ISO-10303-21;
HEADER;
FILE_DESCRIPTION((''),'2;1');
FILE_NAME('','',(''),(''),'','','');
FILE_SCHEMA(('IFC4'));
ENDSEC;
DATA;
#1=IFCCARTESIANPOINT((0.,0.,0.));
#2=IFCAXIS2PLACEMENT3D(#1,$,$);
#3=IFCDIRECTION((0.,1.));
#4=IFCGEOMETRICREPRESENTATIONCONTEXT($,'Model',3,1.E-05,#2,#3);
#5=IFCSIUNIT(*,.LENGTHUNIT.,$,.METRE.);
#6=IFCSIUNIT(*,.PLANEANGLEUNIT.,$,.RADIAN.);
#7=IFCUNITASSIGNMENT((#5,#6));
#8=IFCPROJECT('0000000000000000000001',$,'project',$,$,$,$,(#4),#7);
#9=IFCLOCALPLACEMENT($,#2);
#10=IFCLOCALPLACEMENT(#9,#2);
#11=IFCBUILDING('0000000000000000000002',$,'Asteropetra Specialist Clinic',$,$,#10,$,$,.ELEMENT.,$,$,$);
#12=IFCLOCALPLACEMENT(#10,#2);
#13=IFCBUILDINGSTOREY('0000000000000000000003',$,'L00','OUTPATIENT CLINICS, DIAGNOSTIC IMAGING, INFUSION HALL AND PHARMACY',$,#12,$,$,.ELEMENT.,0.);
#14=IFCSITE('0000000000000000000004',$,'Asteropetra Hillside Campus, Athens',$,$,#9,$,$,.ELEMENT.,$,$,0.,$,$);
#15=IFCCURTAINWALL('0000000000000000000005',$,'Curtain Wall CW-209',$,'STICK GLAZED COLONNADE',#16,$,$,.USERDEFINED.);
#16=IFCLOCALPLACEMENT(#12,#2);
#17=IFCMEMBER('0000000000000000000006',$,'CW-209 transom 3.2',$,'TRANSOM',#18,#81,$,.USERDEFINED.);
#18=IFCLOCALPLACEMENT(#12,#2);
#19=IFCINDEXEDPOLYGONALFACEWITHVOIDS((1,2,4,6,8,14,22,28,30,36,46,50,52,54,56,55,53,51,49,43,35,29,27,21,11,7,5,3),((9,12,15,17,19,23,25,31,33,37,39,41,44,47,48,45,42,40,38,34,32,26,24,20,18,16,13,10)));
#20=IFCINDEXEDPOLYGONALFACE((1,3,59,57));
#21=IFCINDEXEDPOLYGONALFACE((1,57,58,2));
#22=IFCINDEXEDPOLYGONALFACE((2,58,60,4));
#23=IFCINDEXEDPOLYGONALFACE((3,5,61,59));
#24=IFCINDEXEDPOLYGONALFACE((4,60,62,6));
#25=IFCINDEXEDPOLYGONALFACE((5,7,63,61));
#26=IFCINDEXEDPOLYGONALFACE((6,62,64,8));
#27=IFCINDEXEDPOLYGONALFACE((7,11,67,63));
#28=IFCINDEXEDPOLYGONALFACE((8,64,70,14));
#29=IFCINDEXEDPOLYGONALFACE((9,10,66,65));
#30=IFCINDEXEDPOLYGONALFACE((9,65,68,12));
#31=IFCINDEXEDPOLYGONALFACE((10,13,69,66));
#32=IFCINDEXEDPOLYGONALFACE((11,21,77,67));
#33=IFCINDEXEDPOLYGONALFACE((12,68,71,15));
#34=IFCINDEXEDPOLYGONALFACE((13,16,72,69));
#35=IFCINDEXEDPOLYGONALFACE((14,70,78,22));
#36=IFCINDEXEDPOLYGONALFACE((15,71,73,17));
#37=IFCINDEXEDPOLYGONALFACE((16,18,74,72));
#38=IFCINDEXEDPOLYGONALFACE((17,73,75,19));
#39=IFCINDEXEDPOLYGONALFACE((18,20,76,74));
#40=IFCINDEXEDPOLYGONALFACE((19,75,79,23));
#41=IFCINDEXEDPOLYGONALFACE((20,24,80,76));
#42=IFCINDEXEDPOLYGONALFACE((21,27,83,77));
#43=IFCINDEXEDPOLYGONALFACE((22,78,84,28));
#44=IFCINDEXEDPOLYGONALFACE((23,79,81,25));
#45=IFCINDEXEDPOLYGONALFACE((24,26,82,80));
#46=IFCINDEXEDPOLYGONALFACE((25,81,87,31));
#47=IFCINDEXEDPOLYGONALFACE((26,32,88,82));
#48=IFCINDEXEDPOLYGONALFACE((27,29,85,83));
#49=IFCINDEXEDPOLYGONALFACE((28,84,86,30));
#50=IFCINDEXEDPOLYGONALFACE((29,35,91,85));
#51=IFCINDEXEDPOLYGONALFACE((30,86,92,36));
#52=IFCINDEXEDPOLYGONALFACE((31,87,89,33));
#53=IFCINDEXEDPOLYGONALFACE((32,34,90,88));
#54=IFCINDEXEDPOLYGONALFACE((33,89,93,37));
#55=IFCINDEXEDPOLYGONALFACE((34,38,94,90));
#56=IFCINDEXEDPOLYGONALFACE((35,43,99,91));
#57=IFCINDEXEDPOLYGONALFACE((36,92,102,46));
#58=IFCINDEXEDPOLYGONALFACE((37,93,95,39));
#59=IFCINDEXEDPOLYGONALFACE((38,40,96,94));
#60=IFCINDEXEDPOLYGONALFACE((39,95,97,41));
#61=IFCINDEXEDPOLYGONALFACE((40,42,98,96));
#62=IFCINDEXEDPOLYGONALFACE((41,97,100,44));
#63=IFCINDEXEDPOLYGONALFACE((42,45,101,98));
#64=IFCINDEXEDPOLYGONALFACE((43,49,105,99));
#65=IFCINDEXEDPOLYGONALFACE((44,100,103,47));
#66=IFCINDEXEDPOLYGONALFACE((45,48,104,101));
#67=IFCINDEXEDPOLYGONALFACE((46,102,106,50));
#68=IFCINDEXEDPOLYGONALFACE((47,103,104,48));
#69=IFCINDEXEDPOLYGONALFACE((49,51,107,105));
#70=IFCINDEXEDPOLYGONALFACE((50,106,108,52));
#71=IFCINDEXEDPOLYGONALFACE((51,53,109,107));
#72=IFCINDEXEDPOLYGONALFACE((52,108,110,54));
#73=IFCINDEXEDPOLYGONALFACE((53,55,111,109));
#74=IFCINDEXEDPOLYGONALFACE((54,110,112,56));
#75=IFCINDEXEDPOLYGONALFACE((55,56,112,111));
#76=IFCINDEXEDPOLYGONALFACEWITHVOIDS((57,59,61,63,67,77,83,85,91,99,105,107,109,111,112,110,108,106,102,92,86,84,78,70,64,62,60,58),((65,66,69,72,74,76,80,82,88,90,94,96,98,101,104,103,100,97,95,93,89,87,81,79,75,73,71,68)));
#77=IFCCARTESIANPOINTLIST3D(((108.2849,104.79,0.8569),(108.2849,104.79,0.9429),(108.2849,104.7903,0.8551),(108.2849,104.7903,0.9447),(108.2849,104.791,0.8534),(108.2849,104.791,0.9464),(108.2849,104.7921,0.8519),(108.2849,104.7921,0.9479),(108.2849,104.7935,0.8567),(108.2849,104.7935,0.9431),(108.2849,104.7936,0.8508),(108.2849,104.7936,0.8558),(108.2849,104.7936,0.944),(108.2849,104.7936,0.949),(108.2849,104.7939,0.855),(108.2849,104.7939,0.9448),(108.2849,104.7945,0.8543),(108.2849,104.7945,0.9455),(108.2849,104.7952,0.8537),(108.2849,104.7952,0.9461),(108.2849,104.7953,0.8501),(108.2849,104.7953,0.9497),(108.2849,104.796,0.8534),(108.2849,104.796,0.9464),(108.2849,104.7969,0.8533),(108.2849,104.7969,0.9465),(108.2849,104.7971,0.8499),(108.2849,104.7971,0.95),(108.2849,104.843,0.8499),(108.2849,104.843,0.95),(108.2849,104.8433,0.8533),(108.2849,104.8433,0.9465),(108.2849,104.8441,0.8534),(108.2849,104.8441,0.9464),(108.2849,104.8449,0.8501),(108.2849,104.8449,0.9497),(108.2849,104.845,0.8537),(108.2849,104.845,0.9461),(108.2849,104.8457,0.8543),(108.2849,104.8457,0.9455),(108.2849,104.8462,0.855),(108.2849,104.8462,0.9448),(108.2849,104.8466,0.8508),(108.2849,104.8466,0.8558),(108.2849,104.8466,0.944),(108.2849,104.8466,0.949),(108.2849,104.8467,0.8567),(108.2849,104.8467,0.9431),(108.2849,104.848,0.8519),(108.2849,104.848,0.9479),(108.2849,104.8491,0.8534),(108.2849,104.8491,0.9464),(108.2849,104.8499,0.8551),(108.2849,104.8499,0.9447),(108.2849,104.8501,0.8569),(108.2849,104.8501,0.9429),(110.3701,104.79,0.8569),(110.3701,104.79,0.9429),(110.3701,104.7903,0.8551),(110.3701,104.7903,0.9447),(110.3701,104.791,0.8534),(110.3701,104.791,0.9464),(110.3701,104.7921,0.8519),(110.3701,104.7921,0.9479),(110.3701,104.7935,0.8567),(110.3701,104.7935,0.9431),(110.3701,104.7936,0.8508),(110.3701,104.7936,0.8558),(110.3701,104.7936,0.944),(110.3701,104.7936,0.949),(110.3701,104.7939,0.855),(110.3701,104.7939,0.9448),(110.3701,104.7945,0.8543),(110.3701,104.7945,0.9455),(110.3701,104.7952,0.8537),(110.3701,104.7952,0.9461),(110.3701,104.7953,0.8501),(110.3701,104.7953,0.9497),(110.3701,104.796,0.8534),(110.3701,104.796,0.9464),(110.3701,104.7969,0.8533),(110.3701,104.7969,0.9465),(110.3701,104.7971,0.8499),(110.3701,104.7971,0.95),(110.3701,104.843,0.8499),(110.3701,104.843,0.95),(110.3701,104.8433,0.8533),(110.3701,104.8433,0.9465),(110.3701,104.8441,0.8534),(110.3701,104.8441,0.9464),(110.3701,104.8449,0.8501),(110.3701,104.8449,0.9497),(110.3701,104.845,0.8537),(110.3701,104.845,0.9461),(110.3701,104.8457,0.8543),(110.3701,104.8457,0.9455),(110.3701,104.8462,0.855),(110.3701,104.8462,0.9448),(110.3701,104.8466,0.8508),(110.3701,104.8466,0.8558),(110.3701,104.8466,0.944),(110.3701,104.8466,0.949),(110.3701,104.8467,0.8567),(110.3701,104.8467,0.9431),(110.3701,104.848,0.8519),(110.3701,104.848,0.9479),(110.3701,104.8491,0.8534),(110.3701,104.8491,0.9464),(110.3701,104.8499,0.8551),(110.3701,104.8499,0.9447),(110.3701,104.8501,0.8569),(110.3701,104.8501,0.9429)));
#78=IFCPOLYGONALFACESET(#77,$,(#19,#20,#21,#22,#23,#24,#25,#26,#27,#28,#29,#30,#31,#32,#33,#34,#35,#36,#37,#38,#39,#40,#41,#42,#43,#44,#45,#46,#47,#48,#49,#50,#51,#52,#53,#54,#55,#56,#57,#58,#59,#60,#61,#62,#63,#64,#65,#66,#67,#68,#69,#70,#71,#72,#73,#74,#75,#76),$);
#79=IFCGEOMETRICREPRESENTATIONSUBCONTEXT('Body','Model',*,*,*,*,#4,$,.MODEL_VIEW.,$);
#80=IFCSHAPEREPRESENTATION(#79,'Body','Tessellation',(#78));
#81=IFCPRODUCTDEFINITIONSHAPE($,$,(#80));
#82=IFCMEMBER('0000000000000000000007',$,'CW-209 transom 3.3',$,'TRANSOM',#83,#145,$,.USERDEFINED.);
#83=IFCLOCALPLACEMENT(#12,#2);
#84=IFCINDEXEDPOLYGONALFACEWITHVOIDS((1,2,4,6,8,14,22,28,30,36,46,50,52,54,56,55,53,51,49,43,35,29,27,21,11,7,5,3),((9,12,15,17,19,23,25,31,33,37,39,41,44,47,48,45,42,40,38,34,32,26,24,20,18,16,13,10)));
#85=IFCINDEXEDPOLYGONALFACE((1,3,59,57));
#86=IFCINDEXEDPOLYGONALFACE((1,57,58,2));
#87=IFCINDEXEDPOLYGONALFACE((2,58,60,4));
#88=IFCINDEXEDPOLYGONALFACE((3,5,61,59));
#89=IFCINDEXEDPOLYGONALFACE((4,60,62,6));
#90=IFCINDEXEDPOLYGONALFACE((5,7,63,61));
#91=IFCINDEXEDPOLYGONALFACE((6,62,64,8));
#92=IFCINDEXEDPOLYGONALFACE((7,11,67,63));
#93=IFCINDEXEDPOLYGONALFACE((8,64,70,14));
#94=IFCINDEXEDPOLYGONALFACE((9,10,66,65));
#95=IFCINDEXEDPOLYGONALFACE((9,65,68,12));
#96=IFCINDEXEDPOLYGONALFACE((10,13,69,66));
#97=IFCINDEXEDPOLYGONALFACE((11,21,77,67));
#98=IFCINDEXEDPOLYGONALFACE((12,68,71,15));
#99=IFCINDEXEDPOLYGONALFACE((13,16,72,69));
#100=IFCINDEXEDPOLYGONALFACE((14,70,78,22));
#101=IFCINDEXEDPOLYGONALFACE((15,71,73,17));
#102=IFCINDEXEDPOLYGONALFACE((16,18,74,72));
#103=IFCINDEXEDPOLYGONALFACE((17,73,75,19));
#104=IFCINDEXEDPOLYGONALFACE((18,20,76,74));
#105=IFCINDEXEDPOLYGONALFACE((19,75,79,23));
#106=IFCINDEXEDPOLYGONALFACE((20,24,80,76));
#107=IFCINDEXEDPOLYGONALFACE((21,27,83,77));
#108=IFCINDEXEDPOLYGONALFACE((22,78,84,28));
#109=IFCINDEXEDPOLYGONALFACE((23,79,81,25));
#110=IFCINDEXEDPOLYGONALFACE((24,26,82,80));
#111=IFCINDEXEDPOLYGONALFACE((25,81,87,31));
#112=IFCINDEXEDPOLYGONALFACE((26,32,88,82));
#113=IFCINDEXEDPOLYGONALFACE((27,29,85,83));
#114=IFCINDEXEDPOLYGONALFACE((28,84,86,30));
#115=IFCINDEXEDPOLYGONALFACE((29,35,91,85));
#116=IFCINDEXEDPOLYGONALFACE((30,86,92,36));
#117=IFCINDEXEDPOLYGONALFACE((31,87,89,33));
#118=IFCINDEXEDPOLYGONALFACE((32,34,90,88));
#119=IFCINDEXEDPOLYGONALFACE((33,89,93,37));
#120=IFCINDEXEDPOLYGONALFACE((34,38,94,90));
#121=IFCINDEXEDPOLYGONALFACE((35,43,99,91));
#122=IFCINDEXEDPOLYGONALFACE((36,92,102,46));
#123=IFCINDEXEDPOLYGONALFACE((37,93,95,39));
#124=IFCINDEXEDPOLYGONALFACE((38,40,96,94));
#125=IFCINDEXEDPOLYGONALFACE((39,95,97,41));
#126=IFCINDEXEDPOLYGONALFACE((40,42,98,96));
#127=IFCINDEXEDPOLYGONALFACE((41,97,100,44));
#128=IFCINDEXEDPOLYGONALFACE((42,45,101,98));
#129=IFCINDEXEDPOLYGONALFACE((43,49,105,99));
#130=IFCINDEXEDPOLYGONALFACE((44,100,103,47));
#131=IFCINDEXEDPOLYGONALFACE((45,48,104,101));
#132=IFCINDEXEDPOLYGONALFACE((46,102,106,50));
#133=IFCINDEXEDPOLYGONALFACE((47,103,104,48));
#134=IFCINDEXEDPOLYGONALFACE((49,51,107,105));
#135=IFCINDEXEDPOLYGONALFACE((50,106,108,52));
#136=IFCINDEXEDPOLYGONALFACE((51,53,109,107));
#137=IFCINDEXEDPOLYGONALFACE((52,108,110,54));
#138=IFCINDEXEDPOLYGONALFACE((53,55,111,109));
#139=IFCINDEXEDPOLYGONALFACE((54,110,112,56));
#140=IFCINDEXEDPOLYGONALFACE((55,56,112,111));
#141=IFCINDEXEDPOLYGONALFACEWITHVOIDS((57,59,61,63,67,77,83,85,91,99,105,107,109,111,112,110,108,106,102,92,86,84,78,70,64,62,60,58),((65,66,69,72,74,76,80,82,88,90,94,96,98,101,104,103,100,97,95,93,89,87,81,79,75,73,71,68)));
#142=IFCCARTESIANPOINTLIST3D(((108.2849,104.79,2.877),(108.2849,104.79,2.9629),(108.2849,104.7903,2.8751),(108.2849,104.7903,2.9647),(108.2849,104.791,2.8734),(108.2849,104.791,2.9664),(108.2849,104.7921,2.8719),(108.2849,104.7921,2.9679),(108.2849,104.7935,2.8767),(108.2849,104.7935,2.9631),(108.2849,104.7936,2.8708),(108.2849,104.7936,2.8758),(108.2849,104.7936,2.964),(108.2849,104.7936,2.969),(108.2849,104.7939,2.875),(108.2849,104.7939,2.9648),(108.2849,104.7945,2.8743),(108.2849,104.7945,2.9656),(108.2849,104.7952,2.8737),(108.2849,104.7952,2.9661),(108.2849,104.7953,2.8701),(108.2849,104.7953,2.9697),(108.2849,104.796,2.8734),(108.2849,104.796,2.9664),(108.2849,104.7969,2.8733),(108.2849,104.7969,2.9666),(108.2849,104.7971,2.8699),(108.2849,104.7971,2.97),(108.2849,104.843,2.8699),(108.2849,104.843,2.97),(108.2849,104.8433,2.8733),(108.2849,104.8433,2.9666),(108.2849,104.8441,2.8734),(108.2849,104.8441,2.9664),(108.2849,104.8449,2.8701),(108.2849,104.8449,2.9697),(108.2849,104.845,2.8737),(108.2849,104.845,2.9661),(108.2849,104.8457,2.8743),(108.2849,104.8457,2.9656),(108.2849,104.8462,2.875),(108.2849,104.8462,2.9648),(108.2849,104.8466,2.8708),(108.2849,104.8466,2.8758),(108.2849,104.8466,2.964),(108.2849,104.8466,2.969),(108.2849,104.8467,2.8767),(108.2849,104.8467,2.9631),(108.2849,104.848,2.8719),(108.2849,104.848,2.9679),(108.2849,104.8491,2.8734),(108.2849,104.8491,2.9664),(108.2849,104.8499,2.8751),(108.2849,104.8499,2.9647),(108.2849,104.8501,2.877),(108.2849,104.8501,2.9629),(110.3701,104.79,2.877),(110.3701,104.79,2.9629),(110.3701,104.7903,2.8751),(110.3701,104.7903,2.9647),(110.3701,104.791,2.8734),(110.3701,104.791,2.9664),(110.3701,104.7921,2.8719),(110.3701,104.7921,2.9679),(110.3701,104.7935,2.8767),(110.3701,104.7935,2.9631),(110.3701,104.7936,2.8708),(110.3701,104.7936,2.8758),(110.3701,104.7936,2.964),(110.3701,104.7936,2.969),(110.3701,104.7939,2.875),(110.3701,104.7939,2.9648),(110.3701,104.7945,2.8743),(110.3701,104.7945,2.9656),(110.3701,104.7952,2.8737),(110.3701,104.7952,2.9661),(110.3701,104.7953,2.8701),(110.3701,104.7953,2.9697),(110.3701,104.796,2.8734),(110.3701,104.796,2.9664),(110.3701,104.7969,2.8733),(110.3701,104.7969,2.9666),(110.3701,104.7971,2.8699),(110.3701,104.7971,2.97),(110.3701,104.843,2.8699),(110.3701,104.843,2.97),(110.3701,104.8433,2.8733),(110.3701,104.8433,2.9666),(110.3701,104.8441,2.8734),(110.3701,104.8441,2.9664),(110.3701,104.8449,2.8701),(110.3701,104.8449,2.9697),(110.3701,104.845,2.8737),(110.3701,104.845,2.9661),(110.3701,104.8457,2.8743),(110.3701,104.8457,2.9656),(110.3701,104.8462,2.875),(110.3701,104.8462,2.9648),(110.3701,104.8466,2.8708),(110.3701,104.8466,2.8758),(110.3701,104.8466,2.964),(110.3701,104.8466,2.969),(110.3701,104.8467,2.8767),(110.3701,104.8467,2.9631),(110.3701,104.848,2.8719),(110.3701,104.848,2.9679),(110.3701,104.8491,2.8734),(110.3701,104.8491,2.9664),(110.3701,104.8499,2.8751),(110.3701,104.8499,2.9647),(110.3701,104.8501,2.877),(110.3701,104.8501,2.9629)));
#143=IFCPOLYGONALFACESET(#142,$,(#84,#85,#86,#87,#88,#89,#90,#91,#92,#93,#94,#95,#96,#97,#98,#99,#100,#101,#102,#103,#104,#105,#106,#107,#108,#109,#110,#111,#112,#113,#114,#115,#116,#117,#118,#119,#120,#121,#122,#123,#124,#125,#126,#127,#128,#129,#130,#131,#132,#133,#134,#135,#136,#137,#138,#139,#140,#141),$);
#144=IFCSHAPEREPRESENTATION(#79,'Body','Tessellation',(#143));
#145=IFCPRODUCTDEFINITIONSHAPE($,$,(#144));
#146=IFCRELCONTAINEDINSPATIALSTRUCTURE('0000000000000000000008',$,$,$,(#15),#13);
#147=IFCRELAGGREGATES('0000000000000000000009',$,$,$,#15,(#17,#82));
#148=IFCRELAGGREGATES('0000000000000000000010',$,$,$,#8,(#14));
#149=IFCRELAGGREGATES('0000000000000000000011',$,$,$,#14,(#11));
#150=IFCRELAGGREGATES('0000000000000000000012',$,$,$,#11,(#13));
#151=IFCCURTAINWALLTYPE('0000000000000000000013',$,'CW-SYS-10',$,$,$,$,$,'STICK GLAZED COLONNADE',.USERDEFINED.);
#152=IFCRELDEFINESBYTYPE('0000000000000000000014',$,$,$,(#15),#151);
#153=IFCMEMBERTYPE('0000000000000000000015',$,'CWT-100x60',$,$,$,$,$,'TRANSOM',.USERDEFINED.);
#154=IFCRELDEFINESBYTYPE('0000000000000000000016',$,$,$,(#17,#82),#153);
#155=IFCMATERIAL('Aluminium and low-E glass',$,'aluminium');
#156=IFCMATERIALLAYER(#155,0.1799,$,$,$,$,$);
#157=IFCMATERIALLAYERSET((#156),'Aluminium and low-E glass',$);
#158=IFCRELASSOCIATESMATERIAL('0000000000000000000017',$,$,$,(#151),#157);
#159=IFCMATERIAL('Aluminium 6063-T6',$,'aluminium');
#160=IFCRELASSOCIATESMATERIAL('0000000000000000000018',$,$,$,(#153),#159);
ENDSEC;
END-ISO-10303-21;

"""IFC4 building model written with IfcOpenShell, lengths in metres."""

from ifc_helpers import new_model, si_unit, direction, frame, origin, origin_2d, place, context, subcontext, project, spatial, hollow_rectangle, extrude, material, layer, layer_set, material_profile, profile_set, type_object, element, aggregate, save


model = new_model("IFC4")

# Units and contexts
model_context = context("Model", 3, precision=1e-05, world=origin(), true_north=direction((0.0, 1.0)))
body_context = subcontext(model_context, "Body", "Model", "MODEL_VIEW")
ifc_project = project(units=[si_unit("LENGTHUNIT", "METRE"), si_unit("PLANEANGLEUNIT", "RADIAN")], contexts=[model_context])

# Site, building, storey
site_placement = place(None, origin())
site = spatial("IfcSite", under=ifc_project, at=site_placement, Name="Asteropetra Hillside Campus, Athens", CompositionType="ELEMENT", RefElevation=0.0)
building_placement = place(site_placement, origin())
building = spatial("IfcBuilding", under=site, at=building_placement, Name="Asteropetra Specialist Clinic", CompositionType="ELEMENT")
storey_placement = place(building_placement, origin())
storey = spatial("IfcBuildingStorey", under=building, at=storey_placement, Name="L00", Description="OUTPATIENT CLINICS, DIAGNOSTIC IMAGING, INFUSION HALL AND PHARMACY", CompositionType="ELEMENT", Elevation=0.0)

# Curtain wall, members
ifc_material_1 = material(Name="Aluminium and low-E glass", Category="aluminium")
ifc_layer_1 = layer(ifc_material_1, 0.1799)
ifc_layer_set_1 = layer_set([ifc_layer_1], Name="Aluminium and low-E glass")
curtain_wall_type = type_object("IfcCurtainWallType", Name="CW-SYS-10", ElementType="STICK GLAZED COLONNADE", PredefinedType="USERDEFINED", material=ifc_layer_set_1)
curtain_wall_placement = place(storey_placement, origin())
curtain_wall = element("IfcCurtainWall", 1, at=curtain_wall_placement, inside=storey, type_object=curtain_wall_type, Name="Curtain Wall CW-209", ObjectType="STICK GLAZED COLONNADE", PredefinedType="USERDEFINED")
ifc_material_2 = material(Name="Aluminium 6063-T6", Category="aluminium")
ifc_material_profile_1 = material_profile(ifc_material_2, hollow_rectangle(XDim=0.0601, YDim=0.1001, WallThickness=0.0034, InnerFilletRadius=0.0034, OuterFilletRadius=0.0071, at=origin_2d()), Name="TRN 100x60x3.5")
ifc_profile_set_1 = profile_set([ifc_material_profile_1], Name="Aluminium 6063-T6")
member_type_1 = type_object("IfcMemberType", Name="CWT-100x60", ElementType="TRANSOM", PredefinedType="USERDEFINED", material=ifc_profile_set_1)
member_1_placement = place(storey_placement, frame((110.3701, 104.8201, 0.8999), z_axis=(-1.0, 0.0, 0.0), x_axis=(0.0, -1.0, 0.0)))
member_1 = element("IfcMember", 2, at=member_1_placement, type_object=member_type_1, Name="CW-209 transom 3.2", ObjectType="TRANSOM", PredefinedType="USERDEFINED", context=body_context, shape_type="SweptSolid", body=[
    extrude(hollow_rectangle(XDim=0.0601, YDim=0.1001, WallThickness=0.0034, InnerFilletRadius=0.0034, OuterFilletRadius=0.0071, at=origin_2d()), origin(), (0.0, 0.0, 1.0), 2.0852),
])
member_2_placement = place(storey_placement, frame((110.3701, 104.8201, 2.9199), z_axis=(-1.0, 0.0, 0.0), x_axis=(0.0, -1.0, 0.0)))
member_2 = element("IfcMember", 3, at=member_2_placement, type_object=member_type_1, Name="CW-209 transom 3.3", ObjectType="TRANSOM", PredefinedType="USERDEFINED", context=body_context, shape_type="SweptSolid", body=[
    extrude(hollow_rectangle(XDim=0.0601, YDim=0.1001, WallThickness=0.0034, InnerFilletRadius=0.0034, OuterFilletRadius=0.0071, at=origin_2d()), origin(), (0.0, 0.0, 1.0), 2.0852),
])
aggregate(curtain_wall, [member_1, member_2])

save(model, "model.ifc")
